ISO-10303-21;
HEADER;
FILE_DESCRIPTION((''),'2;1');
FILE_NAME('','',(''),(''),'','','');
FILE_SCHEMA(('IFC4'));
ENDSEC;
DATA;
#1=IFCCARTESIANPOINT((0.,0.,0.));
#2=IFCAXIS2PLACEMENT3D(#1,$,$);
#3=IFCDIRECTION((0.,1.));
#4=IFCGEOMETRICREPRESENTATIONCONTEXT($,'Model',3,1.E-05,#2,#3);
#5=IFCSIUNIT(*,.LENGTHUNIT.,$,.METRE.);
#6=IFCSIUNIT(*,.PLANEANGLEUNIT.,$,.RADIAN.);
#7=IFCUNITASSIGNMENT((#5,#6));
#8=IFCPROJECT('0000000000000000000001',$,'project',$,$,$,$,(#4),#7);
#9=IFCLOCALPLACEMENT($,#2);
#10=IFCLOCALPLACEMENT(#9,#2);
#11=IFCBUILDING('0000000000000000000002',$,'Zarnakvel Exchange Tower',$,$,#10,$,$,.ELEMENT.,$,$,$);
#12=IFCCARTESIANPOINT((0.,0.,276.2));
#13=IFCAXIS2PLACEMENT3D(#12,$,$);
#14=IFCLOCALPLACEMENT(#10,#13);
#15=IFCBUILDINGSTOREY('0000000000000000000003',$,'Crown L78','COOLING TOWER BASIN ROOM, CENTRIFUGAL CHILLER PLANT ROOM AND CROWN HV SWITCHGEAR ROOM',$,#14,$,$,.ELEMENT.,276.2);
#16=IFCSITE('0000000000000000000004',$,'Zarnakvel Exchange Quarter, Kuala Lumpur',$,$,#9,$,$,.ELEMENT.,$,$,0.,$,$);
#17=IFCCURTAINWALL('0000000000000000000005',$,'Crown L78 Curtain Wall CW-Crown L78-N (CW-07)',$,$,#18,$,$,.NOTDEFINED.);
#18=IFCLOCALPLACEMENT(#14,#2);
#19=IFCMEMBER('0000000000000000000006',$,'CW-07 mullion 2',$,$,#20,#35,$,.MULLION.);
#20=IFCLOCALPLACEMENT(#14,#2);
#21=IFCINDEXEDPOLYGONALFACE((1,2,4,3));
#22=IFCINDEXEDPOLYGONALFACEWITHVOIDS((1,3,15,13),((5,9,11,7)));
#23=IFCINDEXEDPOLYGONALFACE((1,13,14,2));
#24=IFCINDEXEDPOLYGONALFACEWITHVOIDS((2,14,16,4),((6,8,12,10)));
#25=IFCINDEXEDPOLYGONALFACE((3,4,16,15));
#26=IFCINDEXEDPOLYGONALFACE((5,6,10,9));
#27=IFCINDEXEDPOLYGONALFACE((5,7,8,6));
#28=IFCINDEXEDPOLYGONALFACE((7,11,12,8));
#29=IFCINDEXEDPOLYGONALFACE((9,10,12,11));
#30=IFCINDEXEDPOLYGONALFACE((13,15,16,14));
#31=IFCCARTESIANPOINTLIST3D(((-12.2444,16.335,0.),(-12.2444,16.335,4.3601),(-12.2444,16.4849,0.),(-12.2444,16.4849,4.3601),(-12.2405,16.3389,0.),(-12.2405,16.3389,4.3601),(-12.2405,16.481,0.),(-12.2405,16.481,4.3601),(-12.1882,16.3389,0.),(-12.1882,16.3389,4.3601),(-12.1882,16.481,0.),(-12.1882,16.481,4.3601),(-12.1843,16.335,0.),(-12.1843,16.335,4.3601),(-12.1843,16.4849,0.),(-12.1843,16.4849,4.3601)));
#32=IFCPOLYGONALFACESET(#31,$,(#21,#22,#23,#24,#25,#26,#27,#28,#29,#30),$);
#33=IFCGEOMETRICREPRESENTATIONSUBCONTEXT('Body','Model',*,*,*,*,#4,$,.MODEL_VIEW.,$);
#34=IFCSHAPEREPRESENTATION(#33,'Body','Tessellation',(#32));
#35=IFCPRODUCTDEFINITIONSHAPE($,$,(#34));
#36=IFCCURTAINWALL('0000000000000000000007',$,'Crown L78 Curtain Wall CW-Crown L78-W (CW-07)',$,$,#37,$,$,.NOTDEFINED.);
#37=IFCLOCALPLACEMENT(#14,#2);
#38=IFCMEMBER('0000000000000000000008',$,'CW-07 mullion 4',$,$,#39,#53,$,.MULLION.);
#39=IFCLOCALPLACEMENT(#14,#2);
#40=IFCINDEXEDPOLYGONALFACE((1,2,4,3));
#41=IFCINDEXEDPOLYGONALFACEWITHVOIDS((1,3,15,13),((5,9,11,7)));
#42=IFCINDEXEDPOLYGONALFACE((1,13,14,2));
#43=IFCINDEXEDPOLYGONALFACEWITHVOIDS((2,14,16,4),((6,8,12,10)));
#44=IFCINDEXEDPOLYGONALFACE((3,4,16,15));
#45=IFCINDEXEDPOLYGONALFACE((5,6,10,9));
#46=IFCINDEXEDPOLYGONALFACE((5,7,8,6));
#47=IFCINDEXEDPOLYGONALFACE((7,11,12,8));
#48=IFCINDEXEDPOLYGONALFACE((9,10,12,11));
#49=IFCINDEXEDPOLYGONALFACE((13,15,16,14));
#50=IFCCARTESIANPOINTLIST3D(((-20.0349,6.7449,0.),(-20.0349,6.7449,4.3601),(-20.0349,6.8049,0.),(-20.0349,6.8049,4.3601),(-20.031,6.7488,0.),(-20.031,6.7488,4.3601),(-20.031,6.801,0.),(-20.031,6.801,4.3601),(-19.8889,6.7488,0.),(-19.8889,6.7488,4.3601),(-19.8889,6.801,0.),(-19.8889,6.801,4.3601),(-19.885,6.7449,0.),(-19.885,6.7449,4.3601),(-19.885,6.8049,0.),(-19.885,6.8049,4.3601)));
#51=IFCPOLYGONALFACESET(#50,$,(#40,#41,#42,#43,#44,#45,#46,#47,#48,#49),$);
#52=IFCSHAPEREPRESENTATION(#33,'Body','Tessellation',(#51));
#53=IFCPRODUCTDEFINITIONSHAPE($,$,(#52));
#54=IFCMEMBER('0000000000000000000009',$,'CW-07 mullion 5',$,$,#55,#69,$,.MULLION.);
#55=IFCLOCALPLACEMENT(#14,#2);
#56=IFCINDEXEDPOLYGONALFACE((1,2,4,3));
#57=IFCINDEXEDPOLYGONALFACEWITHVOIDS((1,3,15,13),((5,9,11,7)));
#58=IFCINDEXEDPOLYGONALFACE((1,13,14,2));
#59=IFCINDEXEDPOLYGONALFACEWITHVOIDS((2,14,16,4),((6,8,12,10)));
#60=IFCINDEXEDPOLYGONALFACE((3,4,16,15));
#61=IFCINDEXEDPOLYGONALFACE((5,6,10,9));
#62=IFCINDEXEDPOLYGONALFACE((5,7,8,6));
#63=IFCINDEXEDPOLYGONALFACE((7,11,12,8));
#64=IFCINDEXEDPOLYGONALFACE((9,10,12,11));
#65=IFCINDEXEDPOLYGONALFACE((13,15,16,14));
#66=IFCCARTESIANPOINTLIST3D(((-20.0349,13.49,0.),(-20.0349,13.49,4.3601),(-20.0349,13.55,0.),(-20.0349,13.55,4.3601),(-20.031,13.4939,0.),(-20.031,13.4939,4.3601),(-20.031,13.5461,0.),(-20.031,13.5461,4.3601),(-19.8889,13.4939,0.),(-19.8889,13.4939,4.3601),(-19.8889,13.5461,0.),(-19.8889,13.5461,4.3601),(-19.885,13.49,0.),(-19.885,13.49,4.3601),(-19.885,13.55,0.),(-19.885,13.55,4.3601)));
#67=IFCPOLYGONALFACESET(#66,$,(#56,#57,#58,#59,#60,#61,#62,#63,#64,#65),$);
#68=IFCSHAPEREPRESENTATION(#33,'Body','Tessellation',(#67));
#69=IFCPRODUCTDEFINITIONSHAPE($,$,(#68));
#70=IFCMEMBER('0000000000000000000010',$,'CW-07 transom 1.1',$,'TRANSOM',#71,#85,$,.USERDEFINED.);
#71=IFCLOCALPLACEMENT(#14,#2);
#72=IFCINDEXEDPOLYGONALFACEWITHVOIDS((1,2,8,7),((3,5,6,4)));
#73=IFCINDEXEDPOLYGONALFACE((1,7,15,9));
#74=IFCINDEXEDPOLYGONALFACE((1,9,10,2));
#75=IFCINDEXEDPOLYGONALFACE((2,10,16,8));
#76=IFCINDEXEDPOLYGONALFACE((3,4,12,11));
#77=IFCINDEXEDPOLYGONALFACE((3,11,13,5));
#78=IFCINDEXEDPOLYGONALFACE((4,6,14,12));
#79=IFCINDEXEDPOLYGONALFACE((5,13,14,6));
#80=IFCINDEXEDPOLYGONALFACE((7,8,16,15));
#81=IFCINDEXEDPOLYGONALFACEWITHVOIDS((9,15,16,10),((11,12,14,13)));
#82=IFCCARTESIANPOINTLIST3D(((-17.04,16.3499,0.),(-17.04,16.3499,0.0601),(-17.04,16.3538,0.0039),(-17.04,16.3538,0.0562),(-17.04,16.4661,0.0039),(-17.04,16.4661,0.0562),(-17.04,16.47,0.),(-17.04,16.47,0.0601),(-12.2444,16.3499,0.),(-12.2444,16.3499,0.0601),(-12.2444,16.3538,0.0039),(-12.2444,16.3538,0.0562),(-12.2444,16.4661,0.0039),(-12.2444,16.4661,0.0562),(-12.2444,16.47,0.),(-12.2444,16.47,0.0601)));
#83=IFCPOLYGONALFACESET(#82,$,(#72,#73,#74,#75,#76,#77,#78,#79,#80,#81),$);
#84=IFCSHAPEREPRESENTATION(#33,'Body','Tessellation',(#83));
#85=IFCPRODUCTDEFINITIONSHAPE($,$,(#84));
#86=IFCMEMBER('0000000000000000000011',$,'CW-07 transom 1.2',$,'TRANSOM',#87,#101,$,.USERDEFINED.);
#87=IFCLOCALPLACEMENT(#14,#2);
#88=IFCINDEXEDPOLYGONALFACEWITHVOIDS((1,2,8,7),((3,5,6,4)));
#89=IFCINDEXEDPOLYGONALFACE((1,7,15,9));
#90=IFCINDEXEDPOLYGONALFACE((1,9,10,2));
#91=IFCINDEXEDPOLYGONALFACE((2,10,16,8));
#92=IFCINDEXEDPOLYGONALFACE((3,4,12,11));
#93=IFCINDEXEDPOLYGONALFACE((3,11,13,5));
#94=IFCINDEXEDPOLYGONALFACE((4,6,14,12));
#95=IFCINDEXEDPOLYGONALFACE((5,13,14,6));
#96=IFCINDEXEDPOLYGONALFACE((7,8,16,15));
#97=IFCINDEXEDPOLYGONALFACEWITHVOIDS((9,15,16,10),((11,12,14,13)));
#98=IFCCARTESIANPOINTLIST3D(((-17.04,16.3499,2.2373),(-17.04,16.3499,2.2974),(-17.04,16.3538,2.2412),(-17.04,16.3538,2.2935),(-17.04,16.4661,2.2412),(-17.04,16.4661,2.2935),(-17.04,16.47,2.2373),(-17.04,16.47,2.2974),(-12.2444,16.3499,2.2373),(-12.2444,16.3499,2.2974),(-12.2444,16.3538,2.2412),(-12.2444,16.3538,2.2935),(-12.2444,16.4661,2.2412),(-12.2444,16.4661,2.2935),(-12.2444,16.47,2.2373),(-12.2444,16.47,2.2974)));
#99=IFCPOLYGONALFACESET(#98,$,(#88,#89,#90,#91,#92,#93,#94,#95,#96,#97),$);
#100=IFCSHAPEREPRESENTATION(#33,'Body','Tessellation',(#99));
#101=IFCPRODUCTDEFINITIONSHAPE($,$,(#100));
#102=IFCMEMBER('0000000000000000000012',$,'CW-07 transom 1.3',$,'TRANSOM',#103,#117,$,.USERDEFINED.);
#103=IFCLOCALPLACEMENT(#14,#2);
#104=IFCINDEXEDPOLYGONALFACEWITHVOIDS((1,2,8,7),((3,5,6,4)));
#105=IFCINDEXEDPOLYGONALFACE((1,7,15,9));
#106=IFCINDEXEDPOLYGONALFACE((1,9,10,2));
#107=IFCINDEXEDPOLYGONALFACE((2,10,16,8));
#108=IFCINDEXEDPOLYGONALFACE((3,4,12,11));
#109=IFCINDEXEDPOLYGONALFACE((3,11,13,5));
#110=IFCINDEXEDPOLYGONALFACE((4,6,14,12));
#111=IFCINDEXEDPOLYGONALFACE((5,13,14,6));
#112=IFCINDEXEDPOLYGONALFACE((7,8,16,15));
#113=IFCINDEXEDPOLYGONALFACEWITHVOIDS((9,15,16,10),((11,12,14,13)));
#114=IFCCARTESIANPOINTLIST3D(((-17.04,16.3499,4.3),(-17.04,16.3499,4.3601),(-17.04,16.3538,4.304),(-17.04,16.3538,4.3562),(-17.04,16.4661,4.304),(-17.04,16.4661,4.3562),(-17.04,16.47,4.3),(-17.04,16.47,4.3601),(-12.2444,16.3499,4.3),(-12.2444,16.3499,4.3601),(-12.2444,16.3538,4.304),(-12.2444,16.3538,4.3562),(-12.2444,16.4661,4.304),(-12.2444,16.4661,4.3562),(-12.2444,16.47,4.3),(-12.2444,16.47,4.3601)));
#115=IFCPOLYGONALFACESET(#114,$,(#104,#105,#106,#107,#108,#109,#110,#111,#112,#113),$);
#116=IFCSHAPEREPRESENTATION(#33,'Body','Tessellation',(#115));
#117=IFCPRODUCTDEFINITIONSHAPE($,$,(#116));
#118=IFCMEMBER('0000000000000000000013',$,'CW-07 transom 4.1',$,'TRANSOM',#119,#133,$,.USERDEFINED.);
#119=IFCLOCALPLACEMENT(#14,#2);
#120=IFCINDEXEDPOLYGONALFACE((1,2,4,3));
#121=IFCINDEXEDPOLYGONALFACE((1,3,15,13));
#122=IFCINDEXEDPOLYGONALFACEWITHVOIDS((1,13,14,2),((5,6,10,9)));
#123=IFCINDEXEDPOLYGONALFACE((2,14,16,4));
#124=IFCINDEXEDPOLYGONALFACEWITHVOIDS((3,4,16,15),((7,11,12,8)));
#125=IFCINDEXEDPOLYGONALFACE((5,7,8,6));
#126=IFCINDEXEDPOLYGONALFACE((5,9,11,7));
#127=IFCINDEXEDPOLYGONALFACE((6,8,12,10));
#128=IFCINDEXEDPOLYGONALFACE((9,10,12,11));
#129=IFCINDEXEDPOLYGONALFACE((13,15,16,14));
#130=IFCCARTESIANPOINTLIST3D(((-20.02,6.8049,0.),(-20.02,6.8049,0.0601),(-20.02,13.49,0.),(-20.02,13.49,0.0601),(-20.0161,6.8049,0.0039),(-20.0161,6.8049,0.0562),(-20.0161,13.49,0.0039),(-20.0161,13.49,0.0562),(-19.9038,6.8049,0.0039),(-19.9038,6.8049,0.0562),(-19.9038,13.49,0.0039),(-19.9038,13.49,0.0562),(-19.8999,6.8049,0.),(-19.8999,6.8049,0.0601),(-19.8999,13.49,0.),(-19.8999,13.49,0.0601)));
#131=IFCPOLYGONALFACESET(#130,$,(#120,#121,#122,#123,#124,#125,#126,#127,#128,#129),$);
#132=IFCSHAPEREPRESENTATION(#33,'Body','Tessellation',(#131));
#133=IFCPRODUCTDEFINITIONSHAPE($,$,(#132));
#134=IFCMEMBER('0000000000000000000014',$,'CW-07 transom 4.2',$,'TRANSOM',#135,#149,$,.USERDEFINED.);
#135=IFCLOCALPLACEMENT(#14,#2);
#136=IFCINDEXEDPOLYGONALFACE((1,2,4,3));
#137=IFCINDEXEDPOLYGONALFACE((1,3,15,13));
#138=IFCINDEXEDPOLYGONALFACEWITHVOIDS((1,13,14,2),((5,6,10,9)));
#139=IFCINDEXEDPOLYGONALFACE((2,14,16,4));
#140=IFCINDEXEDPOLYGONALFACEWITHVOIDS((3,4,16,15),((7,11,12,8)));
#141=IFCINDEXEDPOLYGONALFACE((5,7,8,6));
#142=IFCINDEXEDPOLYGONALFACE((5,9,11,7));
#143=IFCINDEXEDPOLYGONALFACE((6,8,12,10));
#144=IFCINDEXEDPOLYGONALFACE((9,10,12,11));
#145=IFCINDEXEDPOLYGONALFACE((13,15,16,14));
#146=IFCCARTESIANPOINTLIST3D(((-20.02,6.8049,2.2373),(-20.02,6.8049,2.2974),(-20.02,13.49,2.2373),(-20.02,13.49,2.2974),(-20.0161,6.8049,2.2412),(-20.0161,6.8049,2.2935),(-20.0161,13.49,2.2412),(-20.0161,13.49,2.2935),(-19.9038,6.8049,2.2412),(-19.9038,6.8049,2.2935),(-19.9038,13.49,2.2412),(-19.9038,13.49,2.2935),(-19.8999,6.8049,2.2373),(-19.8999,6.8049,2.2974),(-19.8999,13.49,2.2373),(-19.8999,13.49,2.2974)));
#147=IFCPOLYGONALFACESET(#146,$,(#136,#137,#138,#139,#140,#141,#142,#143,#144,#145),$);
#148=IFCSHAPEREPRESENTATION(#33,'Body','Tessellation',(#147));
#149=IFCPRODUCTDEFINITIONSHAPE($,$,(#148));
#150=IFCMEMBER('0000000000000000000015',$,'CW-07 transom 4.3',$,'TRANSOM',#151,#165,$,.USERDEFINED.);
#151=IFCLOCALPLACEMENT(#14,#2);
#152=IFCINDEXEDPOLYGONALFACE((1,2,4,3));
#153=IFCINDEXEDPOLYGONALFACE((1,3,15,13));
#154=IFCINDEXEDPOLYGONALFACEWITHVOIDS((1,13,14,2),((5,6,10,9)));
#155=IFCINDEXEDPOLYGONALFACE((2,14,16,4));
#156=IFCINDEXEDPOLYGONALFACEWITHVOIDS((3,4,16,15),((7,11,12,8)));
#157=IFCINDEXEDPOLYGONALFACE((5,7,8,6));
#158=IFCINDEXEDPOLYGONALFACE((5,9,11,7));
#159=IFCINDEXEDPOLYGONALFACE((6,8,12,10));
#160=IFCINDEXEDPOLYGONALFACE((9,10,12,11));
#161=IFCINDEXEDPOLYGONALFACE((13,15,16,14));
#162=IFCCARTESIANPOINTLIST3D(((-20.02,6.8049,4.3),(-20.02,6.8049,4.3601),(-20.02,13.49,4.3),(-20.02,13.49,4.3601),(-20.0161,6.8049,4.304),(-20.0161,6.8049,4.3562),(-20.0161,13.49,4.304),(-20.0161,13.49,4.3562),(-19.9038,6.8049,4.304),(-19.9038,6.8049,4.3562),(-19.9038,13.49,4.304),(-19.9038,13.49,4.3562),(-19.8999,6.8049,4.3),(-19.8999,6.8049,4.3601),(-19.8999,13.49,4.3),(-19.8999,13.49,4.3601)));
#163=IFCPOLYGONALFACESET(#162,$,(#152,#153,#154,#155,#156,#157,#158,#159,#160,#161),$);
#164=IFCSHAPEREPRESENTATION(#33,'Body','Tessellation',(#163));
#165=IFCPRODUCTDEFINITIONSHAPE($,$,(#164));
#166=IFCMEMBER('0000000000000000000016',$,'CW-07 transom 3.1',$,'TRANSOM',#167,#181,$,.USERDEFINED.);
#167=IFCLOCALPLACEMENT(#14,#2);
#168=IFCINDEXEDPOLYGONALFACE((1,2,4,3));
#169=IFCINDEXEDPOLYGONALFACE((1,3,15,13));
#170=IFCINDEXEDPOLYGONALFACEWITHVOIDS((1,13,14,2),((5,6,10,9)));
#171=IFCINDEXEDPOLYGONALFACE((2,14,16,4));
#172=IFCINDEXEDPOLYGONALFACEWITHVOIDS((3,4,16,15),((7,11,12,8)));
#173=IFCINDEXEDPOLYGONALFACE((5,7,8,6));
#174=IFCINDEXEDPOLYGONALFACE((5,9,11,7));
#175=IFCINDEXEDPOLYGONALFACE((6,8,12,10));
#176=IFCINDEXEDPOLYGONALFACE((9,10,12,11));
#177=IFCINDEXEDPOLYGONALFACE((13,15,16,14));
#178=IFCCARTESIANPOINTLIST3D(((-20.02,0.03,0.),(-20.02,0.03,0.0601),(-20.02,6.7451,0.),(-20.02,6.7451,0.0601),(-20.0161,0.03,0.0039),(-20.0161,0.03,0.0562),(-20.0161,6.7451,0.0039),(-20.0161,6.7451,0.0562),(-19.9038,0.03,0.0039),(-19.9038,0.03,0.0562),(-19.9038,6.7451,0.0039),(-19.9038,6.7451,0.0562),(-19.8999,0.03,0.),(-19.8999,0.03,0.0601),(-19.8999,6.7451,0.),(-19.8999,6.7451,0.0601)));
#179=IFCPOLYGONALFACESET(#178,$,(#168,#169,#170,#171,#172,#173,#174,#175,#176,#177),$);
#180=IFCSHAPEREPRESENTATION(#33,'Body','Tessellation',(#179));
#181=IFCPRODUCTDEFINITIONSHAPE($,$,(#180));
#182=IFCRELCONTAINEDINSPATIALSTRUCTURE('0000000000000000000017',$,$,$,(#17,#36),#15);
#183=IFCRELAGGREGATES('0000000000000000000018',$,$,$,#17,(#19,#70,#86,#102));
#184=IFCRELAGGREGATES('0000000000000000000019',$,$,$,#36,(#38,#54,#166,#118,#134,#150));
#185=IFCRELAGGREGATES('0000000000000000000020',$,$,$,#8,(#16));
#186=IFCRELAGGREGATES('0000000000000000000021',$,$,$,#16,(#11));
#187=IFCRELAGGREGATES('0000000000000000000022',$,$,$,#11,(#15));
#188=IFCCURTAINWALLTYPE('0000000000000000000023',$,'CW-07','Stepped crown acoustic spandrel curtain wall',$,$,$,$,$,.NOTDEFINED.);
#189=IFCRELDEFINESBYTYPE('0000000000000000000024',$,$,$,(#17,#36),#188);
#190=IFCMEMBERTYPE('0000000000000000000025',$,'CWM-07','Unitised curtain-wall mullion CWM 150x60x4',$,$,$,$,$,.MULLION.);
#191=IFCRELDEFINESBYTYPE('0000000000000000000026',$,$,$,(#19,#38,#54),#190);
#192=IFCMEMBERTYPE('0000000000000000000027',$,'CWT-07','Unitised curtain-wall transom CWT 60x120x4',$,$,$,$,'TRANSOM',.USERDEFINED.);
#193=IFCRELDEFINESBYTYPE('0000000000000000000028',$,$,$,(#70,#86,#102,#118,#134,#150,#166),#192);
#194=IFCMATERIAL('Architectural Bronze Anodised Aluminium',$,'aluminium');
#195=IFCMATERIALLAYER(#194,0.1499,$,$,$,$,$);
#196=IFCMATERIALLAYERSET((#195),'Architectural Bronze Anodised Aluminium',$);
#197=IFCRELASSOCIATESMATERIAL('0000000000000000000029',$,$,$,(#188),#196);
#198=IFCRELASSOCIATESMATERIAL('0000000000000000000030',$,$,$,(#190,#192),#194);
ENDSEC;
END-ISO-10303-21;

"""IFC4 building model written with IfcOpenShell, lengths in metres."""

from ifc_helpers import new_model, si_unit, direction, frame, origin, origin_2d, place, context, subcontext, project, spatial, hollow_rectangle, extrude, source, transform, mapped, material, layer, layer_set, material_profile, profile_set, type_object, element, aggregate, save


model = new_model("IFC4")

# Units and contexts
model_context = context("Model", 3, precision=1e-05, world=origin(), true_north=direction((0.0, 1.0)))
body_context = subcontext(model_context, "Body", "Model", "MODEL_VIEW")
ifc_project = project(units=[si_unit("LENGTHUNIT", "METRE"), si_unit("PLANEANGLEUNIT", "RADIAN")], contexts=[model_context])

# Site, building, storey
site_placement = place(None, origin())
site = spatial("IfcSite", under=ifc_project, at=site_placement, Name="Zarnakvel Exchange Quarter, Kuala Lumpur", CompositionType="ELEMENT", RefElevation=0.0)
building_placement = place(site_placement, origin())
building = spatial("IfcBuilding", under=site, at=building_placement, Name="Zarnakvel Exchange Tower", CompositionType="ELEMENT")
storey_placement = place(building_placement, frame((0.0, 0.0, 276.2)))
storey = spatial("IfcBuildingStorey", under=building, at=storey_placement, Name="Crown L78", Description="COOLING TOWER BASIN ROOM, CENTRIFUGAL CHILLER PLANT ROOM AND CROWN HV SWITCHGEAR ROOM", CompositionType="ELEMENT", Elevation=276.2)

# Curtain walls, members
ifc_material_1 = material(Name="Architectural Bronze Anodised Aluminium", Category="aluminium")
ifc_layer_1 = layer(ifc_material_1, 0.1499)
ifc_layer_set_1 = layer_set([ifc_layer_1], Name="Architectural Bronze Anodised Aluminium")
curtain_wall_type = type_object("IfcCurtainWallType", Name="CW-07", Description="Stepped crown acoustic spandrel curtain wall", PredefinedType="NOTDEFINED", material=ifc_layer_set_1)
curtain_wall_1_placement = place(storey_placement, origin())
curtain_wall_1 = element("IfcCurtainWall", 1, at=curtain_wall_1_placement, inside=storey, type_object=curtain_wall_type, Name="Crown L78 Curtain Wall CW-Crown L78-N (CW-07)", PredefinedType="NOTDEFINED")
ifc_material_profile_1 = material_profile(ifc_material_1, hollow_rectangle(XDim=0.1499, YDim=0.0601, WallThickness=0.0039, at=origin_2d()))
ifc_profile_set_1 = profile_set([ifc_material_profile_1], Name="Architectural Bronze Anodised Aluminium")
member_type_1 = type_object("IfcMemberType", Name="CWM-07", Description="Unitised curtain-wall mullion CWM 150x60x4", PredefinedType="MULLION", material=ifc_profile_set_1)
shared_shape_1 = source(origin(), body_context, "Body", "SweptSolid", [
    extrude(hollow_rectangle(XDim=0.1499, YDim=0.0601, WallThickness=0.0039, at=origin_2d()), origin(), (0.0, 0.0, 1.0), 4.3601),
])
member_1_placement = place(storey_placement, frame((-12.2144, 16.4099, 0.0), z_axis=(0.0, 0.0, 1.0), x_axis=(0.0, 1.0, 0.0)))
member_1 = element("IfcMember", 2, at=member_1_placement, type_object=member_type_1, Name="CW-07 mullion 2", PredefinedType="MULLION", context=body_context, shape_type="MappedRepresentation", body=[
    mapped(shared_shape_1, transform((0.0, 0.0, 0.0), x_axis=(1.0, 0.0, 0.0), y_axis=(0.0, 1.0, 0.0), z_axis=(0.0, 0.0, 1.0), scale=1.0)),
])
curtain_wall_2_placement = place(storey_placement, origin())
curtain_wall_2 = element("IfcCurtainWall", 3, at=curtain_wall_2_placement, inside=storey, type_object=curtain_wall_type, Name="Crown L78 Curtain Wall CW-Crown L78-W (CW-07)", PredefinedType="NOTDEFINED")
member_2_placement = place(storey_placement, frame((-19.96, 6.7749, 0.0), z_axis=(0.0, 0.0, 1.0), x_axis=(-1.0, 0.0, 0.0)))
member_2 = element("IfcMember", 4, at=member_2_placement, type_object=member_type_1, Name="CW-07 mullion 4", PredefinedType="MULLION", context=body_context, shape_type="MappedRepresentation", body=[
    mapped(shared_shape_1, transform((0.0, 0.0, 0.0), x_axis=(1.0, 0.0, 0.0), y_axis=(0.0, 1.0, 0.0), z_axis=(0.0, 0.0, 1.0), scale=1.0)),
])
member_3_placement = place(storey_placement, frame((-19.96, 13.52, 0.0), z_axis=(0.0, 0.0, 1.0), x_axis=(-1.0, 0.0, 0.0)))
member_3 = element("IfcMember", 5, at=member_3_placement, type_object=member_type_1, Name="CW-07 mullion 5", PredefinedType="MULLION", context=body_context, shape_type="MappedRepresentation", body=[
    mapped(shared_shape_1, transform((0.0, 0.0, 0.0), x_axis=(1.0, 0.0, 0.0), y_axis=(0.0, 1.0, 0.0), z_axis=(0.0, 0.0, 1.0), scale=1.0)),
])

# Members
ifc_material_profile_2 = material_profile(ifc_material_1, hollow_rectangle(XDim=0.1201, YDim=0.0601, WallThickness=0.0039, at=origin_2d()))
ifc_profile_set_2 = profile_set([ifc_material_profile_2], Name="Architectural Bronze Anodised Aluminium")
member_type_2 = type_object("IfcMemberType", Name="CWT-07", Description="Unitised curtain-wall transom CWT 60x120x4", ElementType="TRANSOM", PredefinedType="USERDEFINED", material=ifc_profile_set_2)
shared_shape_2 = source(origin(), body_context, "Body", "SweptSolid", [
    extrude(hollow_rectangle(XDim=0.1201, YDim=0.0601, WallThickness=0.0039, at=origin_2d()), origin(), (0.0, 0.0, 1.0), 4.7957),
])
member_4_placement = place(storey_placement, frame((-17.04, 16.4099, 0.03), z_axis=(1.0, 0.0, 0.0), x_axis=(0.0, 1.0, 0.0)))
member_4 = element("IfcMember", 6, at=member_4_placement, type_object=member_type_2, Name="CW-07 transom 1.1", ObjectType="TRANSOM", PredefinedType="USERDEFINED", context=body_context, shape_type="MappedRepresentation", body=[
    mapped(shared_shape_2, transform((0.0, 0.0, 0.0), x_axis=(1.0, 0.0, 0.0), y_axis=(0.0, 1.0, 0.0), z_axis=(0.0, 0.0, 1.0), scale=1.0)),
])
member_5_placement = place(storey_placement, frame((-17.04, 16.4099, 2.2673), z_axis=(1.0, 0.0, 0.0), x_axis=(0.0, 1.0, 0.0)))
member_5 = element("IfcMember", 7, at=member_5_placement, type_object=member_type_2, Name="CW-07 transom 1.2", ObjectType="TRANSOM", PredefinedType="USERDEFINED", context=body_context, shape_type="MappedRepresentation", body=[
    mapped(shared_shape_2, transform((0.0, 0.0, 0.0), x_axis=(1.0, 0.0, 0.0), y_axis=(0.0, 1.0, 0.0), z_axis=(0.0, 0.0, 1.0), scale=1.0)),
])
member_6_placement = place(storey_placement, frame((-17.04, 16.4099, 4.3301), z_axis=(1.0, 0.0, 0.0), x_axis=(0.0, 1.0, 0.0)))
member_6 = element("IfcMember", 8, at=member_6_placement, type_object=member_type_2, Name="CW-07 transom 1.3", ObjectType="TRANSOM", PredefinedType="USERDEFINED", context=body_context, shape_type="MappedRepresentation", body=[
    mapped(shared_shape_2, transform((0.0, 0.0, 0.0), x_axis=(1.0, 0.0, 0.0), y_axis=(0.0, 1.0, 0.0), z_axis=(0.0, 0.0, 1.0), scale=1.0)),
])
shared_shape_3 = source(origin(), body_context, "Body", "SweptSolid", [
    extrude(hollow_rectangle(XDim=0.1201, YDim=0.0601, WallThickness=0.0039, at=origin_2d()), origin(), (0.0, 0.0, 1.0), 6.6851),
])
member_7_placement = place(storey_placement, frame((-19.96, 6.8049, 0.03), z_axis=(0.0, 1.0, 0.0), x_axis=(-1.0, 0.0, 0.0)))
member_7 = element("IfcMember", 9, at=member_7_placement, type_object=member_type_2, Name="CW-07 transom 4.1", ObjectType="TRANSOM", PredefinedType="USERDEFINED", context=body_context, shape_type="MappedRepresentation", body=[
    mapped(shared_shape_3, transform((0.0, 0.0, 0.0), x_axis=(1.0, 0.0, 0.0), y_axis=(0.0, 1.0, 0.0), z_axis=(0.0, 0.0, 1.0), scale=1.0)),
])
member_8_placement = place(storey_placement, frame((-19.96, 6.8049, 2.2673), z_axis=(0.0, 1.0, 0.0), x_axis=(-1.0, 0.0, 0.0)))
member_8 = element("IfcMember", 10, at=member_8_placement, type_object=member_type_2, Name="CW-07 transom 4.2", ObjectType="TRANSOM", PredefinedType="USERDEFINED", context=body_context, shape_type="MappedRepresentation", body=[
    mapped(shared_shape_3, transform((0.0, 0.0, 0.0), x_axis=(1.0, 0.0, 0.0), y_axis=(0.0, 1.0, 0.0), z_axis=(0.0, 0.0, 1.0), scale=1.0)),
])
member_9_placement = place(storey_placement, frame((-19.96, 6.8049, 4.3301), z_axis=(0.0, 1.0, 0.0), x_axis=(-1.0, 0.0, 0.0)))
member_9 = element("IfcMember", 11, at=member_9_placement, type_object=member_type_2, Name="CW-07 transom 4.3", ObjectType="TRANSOM", PredefinedType="USERDEFINED", context=body_context, shape_type="MappedRepresentation", body=[
    mapped(shared_shape_3, transform((0.0, 0.0, 0.0), x_axis=(1.0, 0.0, 0.0), y_axis=(0.0, 1.0, 0.0), z_axis=(0.0, 0.0, 1.0), scale=1.0)),
])
shared_shape_4 = source(origin(), body_context, "Body", "SweptSolid", [
    extrude(hollow_rectangle(XDim=0.1201, YDim=0.0601, WallThickness=0.0039, at=origin_2d()), origin(), (0.0, 0.0, 1.0), 6.7151),
])
member_10_placement = place(storey_placement, frame((-19.96, 0.03, 0.03), z_axis=(0.0, 1.0, 0.0), x_axis=(-1.0, 0.0, 0.0)))
member_10 = element("IfcMember", 12, at=member_10_placement, type_object=member_type_2, Name="CW-07 transom 3.1", ObjectType="TRANSOM", PredefinedType="USERDEFINED", context=body_context, shape_type="MappedRepresentation", body=[
    mapped(shared_shape_4, transform((0.0, 0.0, 0.0), x_axis=(1.0, 0.0, 0.0), y_axis=(0.0, 1.0, 0.0), z_axis=(0.0, 0.0, 1.0), scale=1.0)),
])

aggregate(curtain_wall_1, [member_1, member_4, member_5, member_6])
aggregate(curtain_wall_2, [member_2, member_3, member_10, member_7, member_8, member_9])

save(model, "model.ifc")
